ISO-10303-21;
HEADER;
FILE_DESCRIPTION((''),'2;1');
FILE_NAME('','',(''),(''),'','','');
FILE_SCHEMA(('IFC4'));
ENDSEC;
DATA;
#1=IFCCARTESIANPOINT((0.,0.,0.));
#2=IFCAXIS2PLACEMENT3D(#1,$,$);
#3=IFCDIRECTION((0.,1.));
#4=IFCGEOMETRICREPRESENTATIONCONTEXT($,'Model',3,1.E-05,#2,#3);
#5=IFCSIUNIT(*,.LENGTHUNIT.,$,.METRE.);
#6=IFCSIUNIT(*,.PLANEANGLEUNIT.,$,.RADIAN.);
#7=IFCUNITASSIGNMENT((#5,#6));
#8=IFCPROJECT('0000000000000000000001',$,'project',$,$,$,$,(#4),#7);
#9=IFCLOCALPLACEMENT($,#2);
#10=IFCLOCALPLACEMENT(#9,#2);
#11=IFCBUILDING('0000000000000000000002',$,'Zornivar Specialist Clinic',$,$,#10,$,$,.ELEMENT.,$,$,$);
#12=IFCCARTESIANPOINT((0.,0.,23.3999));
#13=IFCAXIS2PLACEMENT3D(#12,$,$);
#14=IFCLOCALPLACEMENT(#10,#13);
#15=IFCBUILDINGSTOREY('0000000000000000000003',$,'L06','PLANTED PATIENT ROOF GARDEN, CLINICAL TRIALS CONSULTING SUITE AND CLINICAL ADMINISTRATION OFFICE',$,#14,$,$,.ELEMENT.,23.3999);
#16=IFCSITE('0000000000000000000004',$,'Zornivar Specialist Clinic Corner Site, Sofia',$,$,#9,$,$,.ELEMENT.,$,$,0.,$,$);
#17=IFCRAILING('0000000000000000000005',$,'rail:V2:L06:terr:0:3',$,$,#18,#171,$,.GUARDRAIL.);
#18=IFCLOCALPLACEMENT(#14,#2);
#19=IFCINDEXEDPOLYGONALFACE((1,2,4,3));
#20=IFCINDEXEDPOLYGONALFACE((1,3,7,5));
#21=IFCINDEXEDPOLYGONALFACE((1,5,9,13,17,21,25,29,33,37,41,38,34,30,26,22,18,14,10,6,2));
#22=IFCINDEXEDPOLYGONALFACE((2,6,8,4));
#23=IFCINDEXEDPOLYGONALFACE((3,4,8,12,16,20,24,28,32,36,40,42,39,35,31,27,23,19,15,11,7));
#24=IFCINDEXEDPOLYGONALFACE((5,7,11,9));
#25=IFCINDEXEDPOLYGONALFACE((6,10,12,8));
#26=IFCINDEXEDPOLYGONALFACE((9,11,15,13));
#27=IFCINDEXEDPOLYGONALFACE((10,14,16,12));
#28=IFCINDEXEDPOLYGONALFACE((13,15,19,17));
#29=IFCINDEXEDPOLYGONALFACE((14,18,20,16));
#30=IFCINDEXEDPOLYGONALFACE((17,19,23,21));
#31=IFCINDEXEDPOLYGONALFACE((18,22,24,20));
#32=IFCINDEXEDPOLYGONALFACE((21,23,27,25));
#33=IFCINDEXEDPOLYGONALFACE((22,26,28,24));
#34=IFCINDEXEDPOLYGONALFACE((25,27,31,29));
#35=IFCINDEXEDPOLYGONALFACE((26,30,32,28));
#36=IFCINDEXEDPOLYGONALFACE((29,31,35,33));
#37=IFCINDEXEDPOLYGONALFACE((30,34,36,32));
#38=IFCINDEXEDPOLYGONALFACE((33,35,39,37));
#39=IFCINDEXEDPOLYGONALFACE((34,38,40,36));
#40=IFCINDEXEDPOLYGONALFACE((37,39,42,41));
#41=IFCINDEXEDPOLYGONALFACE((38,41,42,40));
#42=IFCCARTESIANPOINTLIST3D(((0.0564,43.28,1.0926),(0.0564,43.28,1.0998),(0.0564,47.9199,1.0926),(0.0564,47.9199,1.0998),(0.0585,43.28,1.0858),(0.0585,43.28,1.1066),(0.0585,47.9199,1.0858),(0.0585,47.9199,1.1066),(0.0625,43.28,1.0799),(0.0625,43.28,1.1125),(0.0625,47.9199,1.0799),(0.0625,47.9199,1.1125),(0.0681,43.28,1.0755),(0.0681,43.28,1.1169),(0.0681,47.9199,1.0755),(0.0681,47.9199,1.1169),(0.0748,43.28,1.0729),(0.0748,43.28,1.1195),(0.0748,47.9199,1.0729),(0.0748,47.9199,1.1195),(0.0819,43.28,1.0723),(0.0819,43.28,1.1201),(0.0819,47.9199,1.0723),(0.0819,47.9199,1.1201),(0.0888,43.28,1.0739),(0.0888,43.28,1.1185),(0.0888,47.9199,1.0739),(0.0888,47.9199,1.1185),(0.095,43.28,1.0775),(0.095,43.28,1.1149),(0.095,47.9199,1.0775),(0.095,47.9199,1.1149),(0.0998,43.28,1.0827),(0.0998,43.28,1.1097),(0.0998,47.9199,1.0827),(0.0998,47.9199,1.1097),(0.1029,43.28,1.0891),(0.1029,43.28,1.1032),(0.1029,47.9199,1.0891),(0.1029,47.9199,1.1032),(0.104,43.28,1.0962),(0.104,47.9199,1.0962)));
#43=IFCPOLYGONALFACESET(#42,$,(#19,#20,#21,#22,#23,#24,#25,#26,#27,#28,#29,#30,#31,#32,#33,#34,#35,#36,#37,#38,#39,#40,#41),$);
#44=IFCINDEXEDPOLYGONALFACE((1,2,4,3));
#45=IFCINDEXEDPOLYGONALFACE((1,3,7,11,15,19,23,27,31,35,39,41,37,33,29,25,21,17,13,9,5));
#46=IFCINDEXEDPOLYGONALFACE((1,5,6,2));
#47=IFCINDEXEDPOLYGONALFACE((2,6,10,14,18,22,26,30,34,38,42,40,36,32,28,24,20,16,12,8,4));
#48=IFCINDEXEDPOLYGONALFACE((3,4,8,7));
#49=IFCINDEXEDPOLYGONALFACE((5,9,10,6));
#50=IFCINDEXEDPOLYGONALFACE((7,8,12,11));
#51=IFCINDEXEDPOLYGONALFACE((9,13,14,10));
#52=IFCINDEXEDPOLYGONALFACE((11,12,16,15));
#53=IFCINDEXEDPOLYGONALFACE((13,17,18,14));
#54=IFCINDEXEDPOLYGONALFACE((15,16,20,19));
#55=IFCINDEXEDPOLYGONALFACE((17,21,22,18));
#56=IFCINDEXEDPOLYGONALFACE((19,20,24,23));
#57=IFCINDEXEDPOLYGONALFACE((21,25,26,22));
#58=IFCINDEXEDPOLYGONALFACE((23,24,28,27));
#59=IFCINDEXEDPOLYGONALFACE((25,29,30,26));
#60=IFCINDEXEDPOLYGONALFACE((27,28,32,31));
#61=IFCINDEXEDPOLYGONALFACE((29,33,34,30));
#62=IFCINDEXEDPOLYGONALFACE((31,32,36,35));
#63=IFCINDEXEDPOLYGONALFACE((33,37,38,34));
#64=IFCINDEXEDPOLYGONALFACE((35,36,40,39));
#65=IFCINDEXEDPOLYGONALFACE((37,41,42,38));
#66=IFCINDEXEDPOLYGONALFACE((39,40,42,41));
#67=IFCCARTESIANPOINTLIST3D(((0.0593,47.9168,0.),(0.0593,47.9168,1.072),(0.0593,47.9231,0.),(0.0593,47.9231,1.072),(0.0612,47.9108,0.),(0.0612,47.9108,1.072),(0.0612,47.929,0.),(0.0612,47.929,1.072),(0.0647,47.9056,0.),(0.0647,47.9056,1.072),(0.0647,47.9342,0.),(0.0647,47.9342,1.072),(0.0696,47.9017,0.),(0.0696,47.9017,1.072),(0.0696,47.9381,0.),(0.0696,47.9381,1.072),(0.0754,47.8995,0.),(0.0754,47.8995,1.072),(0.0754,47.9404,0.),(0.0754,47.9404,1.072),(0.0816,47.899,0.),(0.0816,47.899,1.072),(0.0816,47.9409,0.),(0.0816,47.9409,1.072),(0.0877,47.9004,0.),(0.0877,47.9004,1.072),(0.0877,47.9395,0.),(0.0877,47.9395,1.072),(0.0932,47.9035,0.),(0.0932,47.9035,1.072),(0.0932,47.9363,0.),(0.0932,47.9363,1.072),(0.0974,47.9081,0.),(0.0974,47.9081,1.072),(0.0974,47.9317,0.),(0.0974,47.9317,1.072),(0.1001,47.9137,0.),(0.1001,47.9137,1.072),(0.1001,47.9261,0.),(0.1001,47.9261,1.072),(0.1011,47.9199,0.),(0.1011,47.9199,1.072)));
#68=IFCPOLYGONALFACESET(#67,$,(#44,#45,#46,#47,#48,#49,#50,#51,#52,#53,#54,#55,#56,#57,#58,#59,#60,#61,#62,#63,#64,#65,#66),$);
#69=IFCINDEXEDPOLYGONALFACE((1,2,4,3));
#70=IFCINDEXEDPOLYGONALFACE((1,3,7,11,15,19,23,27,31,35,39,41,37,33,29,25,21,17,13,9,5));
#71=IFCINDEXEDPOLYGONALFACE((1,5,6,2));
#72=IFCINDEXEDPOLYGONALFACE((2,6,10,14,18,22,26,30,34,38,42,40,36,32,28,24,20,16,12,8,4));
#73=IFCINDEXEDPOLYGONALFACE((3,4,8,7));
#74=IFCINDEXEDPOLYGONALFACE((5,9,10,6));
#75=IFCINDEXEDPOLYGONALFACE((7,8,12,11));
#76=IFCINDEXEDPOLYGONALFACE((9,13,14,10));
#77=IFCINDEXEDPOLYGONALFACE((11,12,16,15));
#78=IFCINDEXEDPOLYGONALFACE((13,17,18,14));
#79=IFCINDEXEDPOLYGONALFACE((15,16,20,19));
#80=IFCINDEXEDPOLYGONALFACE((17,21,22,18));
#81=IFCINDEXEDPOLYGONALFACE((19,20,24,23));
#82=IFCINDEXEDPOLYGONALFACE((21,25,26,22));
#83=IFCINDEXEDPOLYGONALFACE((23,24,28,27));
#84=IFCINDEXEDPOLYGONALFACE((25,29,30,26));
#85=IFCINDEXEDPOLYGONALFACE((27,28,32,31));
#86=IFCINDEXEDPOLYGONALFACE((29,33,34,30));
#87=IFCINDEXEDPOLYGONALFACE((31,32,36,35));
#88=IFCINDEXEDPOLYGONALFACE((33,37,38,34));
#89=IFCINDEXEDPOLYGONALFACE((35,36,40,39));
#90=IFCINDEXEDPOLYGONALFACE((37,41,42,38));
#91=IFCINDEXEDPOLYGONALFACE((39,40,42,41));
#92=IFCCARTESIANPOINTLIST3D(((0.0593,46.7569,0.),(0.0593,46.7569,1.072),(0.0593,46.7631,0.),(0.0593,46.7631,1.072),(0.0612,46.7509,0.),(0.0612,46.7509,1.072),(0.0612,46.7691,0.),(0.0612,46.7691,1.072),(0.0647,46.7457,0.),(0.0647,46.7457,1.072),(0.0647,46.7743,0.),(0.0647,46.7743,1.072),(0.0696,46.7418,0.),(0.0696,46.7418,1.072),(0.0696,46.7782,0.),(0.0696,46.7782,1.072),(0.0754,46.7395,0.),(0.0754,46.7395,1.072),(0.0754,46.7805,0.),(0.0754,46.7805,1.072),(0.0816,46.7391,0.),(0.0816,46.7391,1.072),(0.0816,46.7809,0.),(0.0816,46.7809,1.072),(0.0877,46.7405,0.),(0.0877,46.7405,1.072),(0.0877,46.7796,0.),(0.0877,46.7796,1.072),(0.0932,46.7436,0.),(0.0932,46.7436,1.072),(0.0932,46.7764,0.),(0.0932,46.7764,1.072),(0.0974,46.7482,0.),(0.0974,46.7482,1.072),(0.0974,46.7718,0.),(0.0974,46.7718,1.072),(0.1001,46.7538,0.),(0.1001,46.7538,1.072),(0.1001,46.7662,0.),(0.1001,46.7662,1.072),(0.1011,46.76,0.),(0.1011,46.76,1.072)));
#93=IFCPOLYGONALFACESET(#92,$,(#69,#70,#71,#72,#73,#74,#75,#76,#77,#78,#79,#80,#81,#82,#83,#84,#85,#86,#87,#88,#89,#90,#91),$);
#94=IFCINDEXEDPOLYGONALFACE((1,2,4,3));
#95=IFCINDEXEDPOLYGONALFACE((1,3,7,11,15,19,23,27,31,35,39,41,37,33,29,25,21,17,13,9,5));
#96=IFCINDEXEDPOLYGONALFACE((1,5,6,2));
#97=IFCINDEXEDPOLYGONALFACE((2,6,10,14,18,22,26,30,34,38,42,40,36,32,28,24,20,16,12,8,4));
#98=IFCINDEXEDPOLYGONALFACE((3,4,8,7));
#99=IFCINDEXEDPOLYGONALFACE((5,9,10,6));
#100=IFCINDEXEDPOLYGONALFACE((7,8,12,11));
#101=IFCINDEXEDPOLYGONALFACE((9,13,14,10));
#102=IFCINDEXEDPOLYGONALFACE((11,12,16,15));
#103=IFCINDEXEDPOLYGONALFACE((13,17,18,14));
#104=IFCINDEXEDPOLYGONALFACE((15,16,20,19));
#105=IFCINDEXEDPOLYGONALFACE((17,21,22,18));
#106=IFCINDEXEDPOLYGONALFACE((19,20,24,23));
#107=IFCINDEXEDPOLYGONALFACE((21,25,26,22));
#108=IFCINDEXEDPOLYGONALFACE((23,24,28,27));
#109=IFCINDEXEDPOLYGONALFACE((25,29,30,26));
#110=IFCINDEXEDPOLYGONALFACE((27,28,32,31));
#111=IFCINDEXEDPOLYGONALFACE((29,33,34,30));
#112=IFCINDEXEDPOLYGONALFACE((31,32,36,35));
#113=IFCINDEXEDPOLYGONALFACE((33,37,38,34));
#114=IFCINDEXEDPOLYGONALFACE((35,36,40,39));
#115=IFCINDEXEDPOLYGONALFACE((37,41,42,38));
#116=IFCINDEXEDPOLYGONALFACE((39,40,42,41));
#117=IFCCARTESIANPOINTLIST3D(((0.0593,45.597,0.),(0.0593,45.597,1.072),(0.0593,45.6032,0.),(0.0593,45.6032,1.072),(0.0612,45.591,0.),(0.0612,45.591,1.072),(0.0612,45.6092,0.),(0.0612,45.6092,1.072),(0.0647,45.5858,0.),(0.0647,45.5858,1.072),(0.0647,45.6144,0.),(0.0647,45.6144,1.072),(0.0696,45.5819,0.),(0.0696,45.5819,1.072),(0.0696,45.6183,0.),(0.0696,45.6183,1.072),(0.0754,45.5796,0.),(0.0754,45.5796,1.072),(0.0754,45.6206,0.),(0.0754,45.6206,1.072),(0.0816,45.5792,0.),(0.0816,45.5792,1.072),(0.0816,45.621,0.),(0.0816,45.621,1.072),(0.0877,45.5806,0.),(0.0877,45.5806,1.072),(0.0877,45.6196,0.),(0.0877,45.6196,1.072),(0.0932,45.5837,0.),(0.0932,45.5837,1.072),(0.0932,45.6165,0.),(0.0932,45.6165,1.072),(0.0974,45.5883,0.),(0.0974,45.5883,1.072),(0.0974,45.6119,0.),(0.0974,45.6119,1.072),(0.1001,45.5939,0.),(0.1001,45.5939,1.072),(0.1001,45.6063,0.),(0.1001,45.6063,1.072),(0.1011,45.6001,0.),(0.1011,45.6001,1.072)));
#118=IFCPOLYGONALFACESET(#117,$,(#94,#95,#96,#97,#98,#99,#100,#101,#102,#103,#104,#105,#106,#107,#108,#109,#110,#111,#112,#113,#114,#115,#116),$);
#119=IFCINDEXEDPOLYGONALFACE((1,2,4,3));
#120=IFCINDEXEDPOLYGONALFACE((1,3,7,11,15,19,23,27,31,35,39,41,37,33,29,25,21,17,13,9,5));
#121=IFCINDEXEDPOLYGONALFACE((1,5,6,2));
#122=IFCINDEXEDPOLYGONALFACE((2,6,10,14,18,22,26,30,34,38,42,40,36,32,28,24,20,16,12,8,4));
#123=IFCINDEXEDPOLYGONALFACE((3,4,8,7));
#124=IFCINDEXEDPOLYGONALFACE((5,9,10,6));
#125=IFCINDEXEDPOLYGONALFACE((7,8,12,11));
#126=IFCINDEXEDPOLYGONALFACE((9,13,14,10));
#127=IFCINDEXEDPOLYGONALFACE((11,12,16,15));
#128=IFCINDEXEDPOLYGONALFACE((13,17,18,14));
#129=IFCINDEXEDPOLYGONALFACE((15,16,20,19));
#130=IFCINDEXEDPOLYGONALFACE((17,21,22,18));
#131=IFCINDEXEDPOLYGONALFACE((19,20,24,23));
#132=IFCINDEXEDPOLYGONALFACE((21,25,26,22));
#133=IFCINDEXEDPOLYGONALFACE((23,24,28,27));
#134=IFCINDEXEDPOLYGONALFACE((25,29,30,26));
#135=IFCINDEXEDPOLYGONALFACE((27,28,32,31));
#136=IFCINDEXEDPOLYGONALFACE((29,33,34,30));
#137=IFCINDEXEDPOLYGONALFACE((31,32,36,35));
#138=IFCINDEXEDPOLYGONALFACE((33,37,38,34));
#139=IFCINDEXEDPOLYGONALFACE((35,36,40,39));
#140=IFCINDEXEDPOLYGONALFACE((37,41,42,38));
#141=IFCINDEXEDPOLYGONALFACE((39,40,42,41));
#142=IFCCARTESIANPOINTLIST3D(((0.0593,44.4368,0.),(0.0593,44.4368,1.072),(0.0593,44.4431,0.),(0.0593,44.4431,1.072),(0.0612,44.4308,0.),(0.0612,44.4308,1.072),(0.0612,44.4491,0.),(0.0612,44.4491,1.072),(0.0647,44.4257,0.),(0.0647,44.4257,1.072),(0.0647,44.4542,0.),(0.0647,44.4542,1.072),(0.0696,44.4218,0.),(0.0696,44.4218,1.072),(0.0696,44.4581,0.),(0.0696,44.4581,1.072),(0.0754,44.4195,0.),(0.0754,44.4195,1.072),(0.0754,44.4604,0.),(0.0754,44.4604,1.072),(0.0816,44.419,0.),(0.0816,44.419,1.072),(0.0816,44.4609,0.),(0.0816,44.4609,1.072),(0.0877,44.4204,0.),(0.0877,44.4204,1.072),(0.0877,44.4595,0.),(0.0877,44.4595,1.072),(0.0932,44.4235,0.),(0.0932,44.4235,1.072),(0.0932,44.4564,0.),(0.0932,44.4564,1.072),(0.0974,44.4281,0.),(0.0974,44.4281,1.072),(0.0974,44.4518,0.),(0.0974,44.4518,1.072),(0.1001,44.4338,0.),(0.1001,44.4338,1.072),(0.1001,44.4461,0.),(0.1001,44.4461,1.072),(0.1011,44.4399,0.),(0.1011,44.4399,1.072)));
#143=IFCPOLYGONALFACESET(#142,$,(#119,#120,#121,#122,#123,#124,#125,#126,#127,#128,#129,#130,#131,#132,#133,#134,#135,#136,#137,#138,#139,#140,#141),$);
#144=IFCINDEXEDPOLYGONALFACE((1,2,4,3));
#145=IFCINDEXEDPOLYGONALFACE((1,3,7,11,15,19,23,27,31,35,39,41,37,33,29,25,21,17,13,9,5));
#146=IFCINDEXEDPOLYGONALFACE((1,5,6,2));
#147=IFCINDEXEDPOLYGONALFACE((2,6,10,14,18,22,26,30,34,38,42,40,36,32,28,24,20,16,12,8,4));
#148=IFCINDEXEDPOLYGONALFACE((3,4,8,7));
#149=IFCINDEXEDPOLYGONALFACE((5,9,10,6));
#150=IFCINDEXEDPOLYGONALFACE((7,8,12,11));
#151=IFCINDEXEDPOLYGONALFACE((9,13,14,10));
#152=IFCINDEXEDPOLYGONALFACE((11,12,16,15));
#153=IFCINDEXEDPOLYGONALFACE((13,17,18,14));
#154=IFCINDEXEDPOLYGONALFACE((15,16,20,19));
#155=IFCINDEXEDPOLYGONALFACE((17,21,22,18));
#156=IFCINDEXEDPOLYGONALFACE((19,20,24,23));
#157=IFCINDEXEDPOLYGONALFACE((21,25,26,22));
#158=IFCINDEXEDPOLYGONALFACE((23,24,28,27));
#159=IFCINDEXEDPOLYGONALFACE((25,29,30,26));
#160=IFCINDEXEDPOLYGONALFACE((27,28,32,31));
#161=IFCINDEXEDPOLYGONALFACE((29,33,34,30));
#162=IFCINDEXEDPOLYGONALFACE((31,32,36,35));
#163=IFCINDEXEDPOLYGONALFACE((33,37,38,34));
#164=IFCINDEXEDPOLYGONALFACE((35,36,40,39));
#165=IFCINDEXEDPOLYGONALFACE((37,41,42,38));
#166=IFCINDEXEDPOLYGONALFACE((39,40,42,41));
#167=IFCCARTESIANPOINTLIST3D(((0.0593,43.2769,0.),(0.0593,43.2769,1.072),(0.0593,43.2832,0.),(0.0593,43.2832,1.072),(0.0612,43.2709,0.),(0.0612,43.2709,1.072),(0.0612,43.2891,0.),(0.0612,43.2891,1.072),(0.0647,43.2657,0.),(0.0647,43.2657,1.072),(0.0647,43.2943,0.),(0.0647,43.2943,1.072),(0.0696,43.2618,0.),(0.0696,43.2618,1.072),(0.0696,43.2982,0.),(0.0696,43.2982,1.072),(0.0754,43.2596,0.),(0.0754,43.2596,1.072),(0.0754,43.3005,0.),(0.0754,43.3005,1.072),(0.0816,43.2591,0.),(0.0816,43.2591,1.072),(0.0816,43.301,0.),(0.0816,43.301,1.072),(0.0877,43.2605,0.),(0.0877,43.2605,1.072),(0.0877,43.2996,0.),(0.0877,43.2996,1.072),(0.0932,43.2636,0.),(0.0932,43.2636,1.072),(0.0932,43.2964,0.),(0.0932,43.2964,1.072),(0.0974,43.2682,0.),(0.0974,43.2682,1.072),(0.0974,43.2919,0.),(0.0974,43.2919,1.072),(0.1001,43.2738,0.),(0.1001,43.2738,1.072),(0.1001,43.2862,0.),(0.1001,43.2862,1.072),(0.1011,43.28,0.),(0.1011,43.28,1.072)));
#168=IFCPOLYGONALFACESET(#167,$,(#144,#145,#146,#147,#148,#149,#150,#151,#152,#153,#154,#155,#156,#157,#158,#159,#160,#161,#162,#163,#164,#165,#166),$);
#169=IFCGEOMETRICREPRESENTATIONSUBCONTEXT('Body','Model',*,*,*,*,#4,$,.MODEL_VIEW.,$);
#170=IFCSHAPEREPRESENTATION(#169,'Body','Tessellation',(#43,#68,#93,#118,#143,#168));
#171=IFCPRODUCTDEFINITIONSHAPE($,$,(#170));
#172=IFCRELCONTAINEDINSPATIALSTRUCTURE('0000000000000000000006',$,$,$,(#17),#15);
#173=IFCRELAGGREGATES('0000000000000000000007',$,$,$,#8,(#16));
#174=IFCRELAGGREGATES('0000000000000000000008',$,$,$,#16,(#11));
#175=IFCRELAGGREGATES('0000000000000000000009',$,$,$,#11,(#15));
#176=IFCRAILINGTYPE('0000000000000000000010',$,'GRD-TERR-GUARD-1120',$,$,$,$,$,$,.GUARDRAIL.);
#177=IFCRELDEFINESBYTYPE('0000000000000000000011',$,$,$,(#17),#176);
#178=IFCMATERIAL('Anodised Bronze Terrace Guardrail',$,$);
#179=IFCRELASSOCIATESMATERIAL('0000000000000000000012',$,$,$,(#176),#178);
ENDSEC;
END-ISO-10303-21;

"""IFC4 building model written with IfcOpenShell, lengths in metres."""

from ifc_helpers import new_model, si_unit, direction, frame, origin, origin_2d, place, context, subcontext, project, spatial, circle, extrude, material, type_object, element, save


model = new_model("IFC4")

# Units and contexts
model_context = context("Model", 3, precision=1e-05, world=origin(), true_north=direction((0.0, 1.0)))
body_context = subcontext(model_context, "Body", "Model", "MODEL_VIEW")
ifc_project = project(units=[si_unit("LENGTHUNIT", "METRE"), si_unit("PLANEANGLEUNIT", "RADIAN")], contexts=[model_context])

# Site, building, storey
site_placement = place(None, origin())
site = spatial("IfcSite", under=ifc_project, at=site_placement, Name="Zornivar Specialist Clinic Corner Site, Sofia", CompositionType="ELEMENT", RefElevation=0.0)
building_placement = place(site_placement, origin())
building = spatial("IfcBuilding", under=site, at=building_placement, Name="Zornivar Specialist Clinic", CompositionType="ELEMENT")
storey_placement = place(building_placement, frame((0.0, 0.0, 23.3999)))
storey = spatial("IfcBuildingStorey", under=building, at=storey_placement, Name="L06", Description="PLANTED PATIENT ROOF GARDEN, CLINICAL TRIALS CONSULTING SUITE AND CLINICAL ADMINISTRATION OFFICE", CompositionType="ELEMENT", Elevation=23.3999)

# Railing
ifc_material_1 = material(Name="Anodised Bronze Terrace Guardrail")
railing_type_1 = type_object("IfcRailingType", Name="GRD-TERR-GUARD-1120", PredefinedType="GUARDRAIL", material=ifc_material_1)
railing_1_placement = place(storey_placement, frame((0.0801, 47.9199, 0.0)))
element("IfcRailing", 1, at=railing_1_placement, inside=storey, type_object=railing_type_1, Name="rail:V2:L06:terr:0:3", PredefinedType="GUARDRAIL", context=body_context, shape_type="SweptSolid", body=[
    extrude(circle(Radius=0.0239, at=origin_2d()), frame((0.0, 0.0, 1.0962), z_axis=(0.0, -1.0, 0.0), x_axis=(1.0, 0.0, 0.0)), (0.0, 0.0, 1.0), 4.6399),
    extrude(circle(Radius=0.021, at=origin_2d()), origin(), (0.0, 0.0, 1.0), 1.072),
    extrude(circle(Radius=0.021, at=origin_2d()), frame((0.0, -1.1599, 0.0)), (0.0, 0.0, 1.0), 1.072),
    extrude(circle(Radius=0.021, at=origin_2d()), frame((0.0, -2.3198, 0.0)), (0.0, 0.0, 1.0), 1.072),
    extrude(circle(Radius=0.021, at=origin_2d()), frame((0.0, -3.48, 0.0)), (0.0, 0.0, 1.0), 1.072),
    extrude(circle(Radius=0.021, at=origin_2d()), frame((0.0, -4.6399, 0.0)), (0.0, 0.0, 1.0), 1.072),
])

save(model, "model.ifc")
